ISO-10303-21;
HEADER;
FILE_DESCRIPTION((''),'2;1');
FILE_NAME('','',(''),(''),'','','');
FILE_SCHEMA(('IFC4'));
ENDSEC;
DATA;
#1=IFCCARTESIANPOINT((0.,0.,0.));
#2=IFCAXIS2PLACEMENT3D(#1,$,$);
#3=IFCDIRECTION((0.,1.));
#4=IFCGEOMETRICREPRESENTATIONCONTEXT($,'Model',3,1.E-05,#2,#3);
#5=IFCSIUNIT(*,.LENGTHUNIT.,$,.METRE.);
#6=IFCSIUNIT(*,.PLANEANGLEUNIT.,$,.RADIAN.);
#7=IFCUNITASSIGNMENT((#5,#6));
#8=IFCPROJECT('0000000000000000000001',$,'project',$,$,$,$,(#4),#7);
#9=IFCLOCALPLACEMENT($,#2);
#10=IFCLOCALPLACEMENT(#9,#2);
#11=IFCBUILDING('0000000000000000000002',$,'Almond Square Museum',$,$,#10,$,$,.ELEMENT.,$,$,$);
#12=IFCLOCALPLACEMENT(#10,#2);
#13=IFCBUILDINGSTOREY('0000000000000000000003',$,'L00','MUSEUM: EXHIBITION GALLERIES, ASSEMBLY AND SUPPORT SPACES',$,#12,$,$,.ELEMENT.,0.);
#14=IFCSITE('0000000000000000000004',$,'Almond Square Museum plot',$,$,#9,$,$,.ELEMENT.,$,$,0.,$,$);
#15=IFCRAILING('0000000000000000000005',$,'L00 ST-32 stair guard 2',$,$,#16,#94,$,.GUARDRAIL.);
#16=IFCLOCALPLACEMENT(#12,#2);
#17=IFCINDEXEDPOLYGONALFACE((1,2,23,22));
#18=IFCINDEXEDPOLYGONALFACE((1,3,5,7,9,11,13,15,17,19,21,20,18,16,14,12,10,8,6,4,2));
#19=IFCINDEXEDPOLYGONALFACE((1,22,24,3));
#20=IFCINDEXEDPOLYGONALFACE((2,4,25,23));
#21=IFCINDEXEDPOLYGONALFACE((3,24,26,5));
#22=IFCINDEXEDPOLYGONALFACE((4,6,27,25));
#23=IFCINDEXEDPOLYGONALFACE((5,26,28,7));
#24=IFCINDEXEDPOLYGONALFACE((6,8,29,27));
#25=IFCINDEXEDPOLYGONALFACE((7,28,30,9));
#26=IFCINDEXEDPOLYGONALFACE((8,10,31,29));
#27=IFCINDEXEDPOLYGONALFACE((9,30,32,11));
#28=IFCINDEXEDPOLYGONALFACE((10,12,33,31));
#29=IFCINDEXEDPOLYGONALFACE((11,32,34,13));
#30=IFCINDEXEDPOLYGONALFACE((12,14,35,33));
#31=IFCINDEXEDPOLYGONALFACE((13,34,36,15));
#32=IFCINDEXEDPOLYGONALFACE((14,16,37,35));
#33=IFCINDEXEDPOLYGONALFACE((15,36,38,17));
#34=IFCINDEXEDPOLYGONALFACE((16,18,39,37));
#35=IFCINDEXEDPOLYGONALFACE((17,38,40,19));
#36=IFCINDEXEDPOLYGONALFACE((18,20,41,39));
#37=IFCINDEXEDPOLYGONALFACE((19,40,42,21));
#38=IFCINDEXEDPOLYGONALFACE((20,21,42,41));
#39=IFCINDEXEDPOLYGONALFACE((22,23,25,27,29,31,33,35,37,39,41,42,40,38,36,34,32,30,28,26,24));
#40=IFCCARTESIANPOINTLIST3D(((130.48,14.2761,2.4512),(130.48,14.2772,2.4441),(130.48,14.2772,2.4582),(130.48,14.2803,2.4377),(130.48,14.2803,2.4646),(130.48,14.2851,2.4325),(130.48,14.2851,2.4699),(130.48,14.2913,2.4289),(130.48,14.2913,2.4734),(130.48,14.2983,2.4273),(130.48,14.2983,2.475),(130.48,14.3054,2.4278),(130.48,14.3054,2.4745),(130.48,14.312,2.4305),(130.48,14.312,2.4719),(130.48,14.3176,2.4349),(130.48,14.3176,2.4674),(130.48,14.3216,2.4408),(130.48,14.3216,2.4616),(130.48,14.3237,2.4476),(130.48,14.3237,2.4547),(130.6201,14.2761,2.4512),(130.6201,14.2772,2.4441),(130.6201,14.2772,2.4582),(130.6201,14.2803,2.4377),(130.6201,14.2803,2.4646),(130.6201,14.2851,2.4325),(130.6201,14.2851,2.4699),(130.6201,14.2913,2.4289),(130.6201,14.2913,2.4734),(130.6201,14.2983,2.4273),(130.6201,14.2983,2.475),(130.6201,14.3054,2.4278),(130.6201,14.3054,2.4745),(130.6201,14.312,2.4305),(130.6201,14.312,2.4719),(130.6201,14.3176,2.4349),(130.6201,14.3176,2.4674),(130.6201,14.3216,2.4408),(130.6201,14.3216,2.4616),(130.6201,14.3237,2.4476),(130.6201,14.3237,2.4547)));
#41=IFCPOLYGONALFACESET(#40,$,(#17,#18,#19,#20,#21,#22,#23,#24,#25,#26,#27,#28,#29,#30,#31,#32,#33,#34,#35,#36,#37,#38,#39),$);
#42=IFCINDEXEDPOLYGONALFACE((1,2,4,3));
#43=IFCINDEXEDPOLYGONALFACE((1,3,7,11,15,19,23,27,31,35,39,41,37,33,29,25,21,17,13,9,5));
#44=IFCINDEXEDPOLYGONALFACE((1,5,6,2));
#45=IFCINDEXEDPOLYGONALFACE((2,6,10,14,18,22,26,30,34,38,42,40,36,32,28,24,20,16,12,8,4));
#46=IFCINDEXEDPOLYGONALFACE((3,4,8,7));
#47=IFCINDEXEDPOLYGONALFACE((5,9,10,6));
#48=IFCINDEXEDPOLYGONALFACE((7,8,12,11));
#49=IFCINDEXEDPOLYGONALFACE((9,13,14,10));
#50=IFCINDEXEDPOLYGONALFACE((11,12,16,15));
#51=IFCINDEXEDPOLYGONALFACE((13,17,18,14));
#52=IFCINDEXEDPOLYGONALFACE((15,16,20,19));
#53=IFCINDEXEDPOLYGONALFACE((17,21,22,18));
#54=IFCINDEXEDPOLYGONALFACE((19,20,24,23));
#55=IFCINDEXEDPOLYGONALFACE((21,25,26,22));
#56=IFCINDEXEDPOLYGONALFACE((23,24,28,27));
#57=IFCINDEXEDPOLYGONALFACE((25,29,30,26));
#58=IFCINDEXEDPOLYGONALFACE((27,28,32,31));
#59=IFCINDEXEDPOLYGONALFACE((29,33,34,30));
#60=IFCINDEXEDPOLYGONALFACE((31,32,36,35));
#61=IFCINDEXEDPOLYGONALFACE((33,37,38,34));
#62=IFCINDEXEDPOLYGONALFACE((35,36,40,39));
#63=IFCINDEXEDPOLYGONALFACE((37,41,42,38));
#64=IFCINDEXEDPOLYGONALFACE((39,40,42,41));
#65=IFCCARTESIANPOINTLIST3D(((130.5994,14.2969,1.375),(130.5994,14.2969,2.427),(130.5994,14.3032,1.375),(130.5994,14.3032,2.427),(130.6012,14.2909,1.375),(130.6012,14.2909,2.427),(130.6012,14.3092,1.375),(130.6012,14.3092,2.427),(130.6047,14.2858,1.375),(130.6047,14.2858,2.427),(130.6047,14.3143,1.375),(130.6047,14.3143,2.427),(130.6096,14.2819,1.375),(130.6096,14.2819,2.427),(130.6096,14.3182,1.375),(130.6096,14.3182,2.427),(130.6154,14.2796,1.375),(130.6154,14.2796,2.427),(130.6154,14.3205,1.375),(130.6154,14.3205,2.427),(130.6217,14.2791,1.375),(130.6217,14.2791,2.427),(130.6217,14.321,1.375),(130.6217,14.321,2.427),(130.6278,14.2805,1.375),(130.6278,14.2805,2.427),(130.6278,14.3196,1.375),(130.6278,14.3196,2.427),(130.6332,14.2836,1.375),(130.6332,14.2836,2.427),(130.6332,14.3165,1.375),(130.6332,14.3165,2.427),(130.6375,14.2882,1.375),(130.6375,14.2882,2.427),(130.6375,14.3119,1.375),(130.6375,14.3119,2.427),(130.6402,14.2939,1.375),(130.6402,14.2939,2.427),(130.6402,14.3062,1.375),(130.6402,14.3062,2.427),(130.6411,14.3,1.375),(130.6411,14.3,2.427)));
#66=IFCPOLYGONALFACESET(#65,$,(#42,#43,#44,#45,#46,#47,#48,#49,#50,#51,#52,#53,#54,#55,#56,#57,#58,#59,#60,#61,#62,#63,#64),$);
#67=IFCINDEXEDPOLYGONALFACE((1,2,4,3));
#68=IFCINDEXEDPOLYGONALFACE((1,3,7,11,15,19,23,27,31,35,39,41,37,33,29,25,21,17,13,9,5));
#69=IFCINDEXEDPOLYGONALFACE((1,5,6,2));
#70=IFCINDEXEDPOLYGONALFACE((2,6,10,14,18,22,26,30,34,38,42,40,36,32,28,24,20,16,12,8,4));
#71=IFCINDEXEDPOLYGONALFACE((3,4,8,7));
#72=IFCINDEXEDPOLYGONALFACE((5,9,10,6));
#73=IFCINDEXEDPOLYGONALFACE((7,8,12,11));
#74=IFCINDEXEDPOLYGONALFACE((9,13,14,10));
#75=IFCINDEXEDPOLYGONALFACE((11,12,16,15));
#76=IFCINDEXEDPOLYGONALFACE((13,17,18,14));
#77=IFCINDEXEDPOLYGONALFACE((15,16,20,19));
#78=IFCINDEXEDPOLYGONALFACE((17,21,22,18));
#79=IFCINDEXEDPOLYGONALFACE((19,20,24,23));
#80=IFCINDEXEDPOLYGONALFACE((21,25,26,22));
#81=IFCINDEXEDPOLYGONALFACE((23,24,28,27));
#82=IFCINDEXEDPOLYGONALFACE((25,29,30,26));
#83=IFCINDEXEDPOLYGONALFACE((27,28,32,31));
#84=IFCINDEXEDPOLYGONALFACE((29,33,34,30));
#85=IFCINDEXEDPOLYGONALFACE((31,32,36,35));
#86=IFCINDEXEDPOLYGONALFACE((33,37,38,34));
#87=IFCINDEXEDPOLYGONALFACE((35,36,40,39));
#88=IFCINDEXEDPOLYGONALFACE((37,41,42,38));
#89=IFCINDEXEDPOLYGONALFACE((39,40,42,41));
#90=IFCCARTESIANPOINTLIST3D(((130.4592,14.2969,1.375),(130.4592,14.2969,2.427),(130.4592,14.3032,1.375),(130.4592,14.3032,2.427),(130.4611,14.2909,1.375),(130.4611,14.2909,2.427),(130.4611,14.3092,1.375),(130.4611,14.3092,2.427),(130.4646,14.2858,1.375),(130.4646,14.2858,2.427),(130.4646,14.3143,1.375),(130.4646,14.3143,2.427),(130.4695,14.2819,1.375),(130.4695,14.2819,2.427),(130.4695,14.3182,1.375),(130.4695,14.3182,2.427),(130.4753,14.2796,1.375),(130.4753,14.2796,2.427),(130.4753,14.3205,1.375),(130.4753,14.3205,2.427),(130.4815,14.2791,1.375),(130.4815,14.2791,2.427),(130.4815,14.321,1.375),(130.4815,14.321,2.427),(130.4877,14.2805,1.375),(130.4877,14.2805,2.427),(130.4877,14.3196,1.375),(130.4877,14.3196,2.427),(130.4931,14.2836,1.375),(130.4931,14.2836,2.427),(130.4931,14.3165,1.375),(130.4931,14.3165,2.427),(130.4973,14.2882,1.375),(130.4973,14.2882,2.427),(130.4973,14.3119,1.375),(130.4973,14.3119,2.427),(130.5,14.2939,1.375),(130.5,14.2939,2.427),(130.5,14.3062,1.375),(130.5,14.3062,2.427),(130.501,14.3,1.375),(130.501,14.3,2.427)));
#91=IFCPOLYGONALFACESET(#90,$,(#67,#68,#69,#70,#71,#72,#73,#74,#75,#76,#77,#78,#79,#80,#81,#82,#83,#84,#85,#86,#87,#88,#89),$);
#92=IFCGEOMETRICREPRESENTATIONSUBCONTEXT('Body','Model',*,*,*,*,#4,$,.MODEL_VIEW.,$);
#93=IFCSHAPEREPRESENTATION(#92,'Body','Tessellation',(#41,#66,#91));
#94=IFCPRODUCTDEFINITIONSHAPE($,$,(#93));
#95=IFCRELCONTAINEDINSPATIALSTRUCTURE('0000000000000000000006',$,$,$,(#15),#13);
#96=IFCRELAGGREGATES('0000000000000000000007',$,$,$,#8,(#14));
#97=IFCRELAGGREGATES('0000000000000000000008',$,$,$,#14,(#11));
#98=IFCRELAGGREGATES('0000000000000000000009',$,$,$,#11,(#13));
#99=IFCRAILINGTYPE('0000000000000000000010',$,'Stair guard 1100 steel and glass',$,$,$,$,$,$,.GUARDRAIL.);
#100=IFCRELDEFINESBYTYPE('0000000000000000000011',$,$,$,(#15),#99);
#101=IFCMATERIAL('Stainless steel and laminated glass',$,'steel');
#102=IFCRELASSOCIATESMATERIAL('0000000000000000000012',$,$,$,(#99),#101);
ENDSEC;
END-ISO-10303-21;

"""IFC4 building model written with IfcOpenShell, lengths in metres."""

from ifc_helpers import new_model, si_unit, direction, frame, origin, origin_2d, place, context, subcontext, project, spatial, circle, extrude, material, type_object, element, save


model = new_model("IFC4")

# Units and contexts
model_context = context("Model", 3, precision=1e-05, world=origin(), true_north=direction((0.0, 1.0)))
body_context = subcontext(model_context, "Body", "Model", "MODEL_VIEW")
ifc_project = project(units=[si_unit("LENGTHUNIT", "METRE"), si_unit("PLANEANGLEUNIT", "RADIAN")], contexts=[model_context])

# Site, building, storey
site_placement = place(None, origin())
site = spatial("IfcSite", under=ifc_project, at=site_placement, Name="Almond Square Museum plot", CompositionType="ELEMENT", RefElevation=0.0)
building_placement = place(site_placement, origin())
building = spatial("IfcBuilding", under=site, at=building_placement, Name="Almond Square Museum", CompositionType="ELEMENT")
storey_placement = place(building_placement, origin())
storey = spatial("IfcBuildingStorey", under=building, at=storey_placement, Name="L00", Description="MUSEUM: EXHIBITION GALLERIES, ASSEMBLY AND SUPPORT SPACES", CompositionType="ELEMENT", Elevation=0.0)

# Railing
ifc_material_1 = material(Name="Stainless steel and laminated glass", Category="steel")
railing_type_1 = type_object("IfcRailingType", Name="Stair guard 1100 steel and glass", PredefinedType="GUARDRAIL", material=ifc_material_1)
railing_1_placement = place(storey_placement, frame((130.6201, 14.3, 1.375)))
element("IfcRailing", 1, at=railing_1_placement, inside=storey, type_object=railing_type_1, Name="L00 ST-32 stair guard 2", PredefinedType="GUARDRAIL", context=body_context, shape_type="SweptSolid", body=[
    extrude(circle(Radius=0.0239, at=origin_2d()), frame((0.0, 0.0, 1.0762), z_axis=(-1.0, 0.0, 0.0), x_axis=(0.0, -1.0, 0.0)), (0.0, 0.0, 1.0), 0.1401),
    extrude(circle(Radius=0.021, at=origin_2d()), origin(), (0.0, 0.0, 1.0), 1.052),
    extrude(circle(Radius=0.021, at=origin_2d()), frame((-0.1401, 0.0, 0.0)), (0.0, 0.0, 1.0), 1.052),
])

save(model, "model.ifc")
